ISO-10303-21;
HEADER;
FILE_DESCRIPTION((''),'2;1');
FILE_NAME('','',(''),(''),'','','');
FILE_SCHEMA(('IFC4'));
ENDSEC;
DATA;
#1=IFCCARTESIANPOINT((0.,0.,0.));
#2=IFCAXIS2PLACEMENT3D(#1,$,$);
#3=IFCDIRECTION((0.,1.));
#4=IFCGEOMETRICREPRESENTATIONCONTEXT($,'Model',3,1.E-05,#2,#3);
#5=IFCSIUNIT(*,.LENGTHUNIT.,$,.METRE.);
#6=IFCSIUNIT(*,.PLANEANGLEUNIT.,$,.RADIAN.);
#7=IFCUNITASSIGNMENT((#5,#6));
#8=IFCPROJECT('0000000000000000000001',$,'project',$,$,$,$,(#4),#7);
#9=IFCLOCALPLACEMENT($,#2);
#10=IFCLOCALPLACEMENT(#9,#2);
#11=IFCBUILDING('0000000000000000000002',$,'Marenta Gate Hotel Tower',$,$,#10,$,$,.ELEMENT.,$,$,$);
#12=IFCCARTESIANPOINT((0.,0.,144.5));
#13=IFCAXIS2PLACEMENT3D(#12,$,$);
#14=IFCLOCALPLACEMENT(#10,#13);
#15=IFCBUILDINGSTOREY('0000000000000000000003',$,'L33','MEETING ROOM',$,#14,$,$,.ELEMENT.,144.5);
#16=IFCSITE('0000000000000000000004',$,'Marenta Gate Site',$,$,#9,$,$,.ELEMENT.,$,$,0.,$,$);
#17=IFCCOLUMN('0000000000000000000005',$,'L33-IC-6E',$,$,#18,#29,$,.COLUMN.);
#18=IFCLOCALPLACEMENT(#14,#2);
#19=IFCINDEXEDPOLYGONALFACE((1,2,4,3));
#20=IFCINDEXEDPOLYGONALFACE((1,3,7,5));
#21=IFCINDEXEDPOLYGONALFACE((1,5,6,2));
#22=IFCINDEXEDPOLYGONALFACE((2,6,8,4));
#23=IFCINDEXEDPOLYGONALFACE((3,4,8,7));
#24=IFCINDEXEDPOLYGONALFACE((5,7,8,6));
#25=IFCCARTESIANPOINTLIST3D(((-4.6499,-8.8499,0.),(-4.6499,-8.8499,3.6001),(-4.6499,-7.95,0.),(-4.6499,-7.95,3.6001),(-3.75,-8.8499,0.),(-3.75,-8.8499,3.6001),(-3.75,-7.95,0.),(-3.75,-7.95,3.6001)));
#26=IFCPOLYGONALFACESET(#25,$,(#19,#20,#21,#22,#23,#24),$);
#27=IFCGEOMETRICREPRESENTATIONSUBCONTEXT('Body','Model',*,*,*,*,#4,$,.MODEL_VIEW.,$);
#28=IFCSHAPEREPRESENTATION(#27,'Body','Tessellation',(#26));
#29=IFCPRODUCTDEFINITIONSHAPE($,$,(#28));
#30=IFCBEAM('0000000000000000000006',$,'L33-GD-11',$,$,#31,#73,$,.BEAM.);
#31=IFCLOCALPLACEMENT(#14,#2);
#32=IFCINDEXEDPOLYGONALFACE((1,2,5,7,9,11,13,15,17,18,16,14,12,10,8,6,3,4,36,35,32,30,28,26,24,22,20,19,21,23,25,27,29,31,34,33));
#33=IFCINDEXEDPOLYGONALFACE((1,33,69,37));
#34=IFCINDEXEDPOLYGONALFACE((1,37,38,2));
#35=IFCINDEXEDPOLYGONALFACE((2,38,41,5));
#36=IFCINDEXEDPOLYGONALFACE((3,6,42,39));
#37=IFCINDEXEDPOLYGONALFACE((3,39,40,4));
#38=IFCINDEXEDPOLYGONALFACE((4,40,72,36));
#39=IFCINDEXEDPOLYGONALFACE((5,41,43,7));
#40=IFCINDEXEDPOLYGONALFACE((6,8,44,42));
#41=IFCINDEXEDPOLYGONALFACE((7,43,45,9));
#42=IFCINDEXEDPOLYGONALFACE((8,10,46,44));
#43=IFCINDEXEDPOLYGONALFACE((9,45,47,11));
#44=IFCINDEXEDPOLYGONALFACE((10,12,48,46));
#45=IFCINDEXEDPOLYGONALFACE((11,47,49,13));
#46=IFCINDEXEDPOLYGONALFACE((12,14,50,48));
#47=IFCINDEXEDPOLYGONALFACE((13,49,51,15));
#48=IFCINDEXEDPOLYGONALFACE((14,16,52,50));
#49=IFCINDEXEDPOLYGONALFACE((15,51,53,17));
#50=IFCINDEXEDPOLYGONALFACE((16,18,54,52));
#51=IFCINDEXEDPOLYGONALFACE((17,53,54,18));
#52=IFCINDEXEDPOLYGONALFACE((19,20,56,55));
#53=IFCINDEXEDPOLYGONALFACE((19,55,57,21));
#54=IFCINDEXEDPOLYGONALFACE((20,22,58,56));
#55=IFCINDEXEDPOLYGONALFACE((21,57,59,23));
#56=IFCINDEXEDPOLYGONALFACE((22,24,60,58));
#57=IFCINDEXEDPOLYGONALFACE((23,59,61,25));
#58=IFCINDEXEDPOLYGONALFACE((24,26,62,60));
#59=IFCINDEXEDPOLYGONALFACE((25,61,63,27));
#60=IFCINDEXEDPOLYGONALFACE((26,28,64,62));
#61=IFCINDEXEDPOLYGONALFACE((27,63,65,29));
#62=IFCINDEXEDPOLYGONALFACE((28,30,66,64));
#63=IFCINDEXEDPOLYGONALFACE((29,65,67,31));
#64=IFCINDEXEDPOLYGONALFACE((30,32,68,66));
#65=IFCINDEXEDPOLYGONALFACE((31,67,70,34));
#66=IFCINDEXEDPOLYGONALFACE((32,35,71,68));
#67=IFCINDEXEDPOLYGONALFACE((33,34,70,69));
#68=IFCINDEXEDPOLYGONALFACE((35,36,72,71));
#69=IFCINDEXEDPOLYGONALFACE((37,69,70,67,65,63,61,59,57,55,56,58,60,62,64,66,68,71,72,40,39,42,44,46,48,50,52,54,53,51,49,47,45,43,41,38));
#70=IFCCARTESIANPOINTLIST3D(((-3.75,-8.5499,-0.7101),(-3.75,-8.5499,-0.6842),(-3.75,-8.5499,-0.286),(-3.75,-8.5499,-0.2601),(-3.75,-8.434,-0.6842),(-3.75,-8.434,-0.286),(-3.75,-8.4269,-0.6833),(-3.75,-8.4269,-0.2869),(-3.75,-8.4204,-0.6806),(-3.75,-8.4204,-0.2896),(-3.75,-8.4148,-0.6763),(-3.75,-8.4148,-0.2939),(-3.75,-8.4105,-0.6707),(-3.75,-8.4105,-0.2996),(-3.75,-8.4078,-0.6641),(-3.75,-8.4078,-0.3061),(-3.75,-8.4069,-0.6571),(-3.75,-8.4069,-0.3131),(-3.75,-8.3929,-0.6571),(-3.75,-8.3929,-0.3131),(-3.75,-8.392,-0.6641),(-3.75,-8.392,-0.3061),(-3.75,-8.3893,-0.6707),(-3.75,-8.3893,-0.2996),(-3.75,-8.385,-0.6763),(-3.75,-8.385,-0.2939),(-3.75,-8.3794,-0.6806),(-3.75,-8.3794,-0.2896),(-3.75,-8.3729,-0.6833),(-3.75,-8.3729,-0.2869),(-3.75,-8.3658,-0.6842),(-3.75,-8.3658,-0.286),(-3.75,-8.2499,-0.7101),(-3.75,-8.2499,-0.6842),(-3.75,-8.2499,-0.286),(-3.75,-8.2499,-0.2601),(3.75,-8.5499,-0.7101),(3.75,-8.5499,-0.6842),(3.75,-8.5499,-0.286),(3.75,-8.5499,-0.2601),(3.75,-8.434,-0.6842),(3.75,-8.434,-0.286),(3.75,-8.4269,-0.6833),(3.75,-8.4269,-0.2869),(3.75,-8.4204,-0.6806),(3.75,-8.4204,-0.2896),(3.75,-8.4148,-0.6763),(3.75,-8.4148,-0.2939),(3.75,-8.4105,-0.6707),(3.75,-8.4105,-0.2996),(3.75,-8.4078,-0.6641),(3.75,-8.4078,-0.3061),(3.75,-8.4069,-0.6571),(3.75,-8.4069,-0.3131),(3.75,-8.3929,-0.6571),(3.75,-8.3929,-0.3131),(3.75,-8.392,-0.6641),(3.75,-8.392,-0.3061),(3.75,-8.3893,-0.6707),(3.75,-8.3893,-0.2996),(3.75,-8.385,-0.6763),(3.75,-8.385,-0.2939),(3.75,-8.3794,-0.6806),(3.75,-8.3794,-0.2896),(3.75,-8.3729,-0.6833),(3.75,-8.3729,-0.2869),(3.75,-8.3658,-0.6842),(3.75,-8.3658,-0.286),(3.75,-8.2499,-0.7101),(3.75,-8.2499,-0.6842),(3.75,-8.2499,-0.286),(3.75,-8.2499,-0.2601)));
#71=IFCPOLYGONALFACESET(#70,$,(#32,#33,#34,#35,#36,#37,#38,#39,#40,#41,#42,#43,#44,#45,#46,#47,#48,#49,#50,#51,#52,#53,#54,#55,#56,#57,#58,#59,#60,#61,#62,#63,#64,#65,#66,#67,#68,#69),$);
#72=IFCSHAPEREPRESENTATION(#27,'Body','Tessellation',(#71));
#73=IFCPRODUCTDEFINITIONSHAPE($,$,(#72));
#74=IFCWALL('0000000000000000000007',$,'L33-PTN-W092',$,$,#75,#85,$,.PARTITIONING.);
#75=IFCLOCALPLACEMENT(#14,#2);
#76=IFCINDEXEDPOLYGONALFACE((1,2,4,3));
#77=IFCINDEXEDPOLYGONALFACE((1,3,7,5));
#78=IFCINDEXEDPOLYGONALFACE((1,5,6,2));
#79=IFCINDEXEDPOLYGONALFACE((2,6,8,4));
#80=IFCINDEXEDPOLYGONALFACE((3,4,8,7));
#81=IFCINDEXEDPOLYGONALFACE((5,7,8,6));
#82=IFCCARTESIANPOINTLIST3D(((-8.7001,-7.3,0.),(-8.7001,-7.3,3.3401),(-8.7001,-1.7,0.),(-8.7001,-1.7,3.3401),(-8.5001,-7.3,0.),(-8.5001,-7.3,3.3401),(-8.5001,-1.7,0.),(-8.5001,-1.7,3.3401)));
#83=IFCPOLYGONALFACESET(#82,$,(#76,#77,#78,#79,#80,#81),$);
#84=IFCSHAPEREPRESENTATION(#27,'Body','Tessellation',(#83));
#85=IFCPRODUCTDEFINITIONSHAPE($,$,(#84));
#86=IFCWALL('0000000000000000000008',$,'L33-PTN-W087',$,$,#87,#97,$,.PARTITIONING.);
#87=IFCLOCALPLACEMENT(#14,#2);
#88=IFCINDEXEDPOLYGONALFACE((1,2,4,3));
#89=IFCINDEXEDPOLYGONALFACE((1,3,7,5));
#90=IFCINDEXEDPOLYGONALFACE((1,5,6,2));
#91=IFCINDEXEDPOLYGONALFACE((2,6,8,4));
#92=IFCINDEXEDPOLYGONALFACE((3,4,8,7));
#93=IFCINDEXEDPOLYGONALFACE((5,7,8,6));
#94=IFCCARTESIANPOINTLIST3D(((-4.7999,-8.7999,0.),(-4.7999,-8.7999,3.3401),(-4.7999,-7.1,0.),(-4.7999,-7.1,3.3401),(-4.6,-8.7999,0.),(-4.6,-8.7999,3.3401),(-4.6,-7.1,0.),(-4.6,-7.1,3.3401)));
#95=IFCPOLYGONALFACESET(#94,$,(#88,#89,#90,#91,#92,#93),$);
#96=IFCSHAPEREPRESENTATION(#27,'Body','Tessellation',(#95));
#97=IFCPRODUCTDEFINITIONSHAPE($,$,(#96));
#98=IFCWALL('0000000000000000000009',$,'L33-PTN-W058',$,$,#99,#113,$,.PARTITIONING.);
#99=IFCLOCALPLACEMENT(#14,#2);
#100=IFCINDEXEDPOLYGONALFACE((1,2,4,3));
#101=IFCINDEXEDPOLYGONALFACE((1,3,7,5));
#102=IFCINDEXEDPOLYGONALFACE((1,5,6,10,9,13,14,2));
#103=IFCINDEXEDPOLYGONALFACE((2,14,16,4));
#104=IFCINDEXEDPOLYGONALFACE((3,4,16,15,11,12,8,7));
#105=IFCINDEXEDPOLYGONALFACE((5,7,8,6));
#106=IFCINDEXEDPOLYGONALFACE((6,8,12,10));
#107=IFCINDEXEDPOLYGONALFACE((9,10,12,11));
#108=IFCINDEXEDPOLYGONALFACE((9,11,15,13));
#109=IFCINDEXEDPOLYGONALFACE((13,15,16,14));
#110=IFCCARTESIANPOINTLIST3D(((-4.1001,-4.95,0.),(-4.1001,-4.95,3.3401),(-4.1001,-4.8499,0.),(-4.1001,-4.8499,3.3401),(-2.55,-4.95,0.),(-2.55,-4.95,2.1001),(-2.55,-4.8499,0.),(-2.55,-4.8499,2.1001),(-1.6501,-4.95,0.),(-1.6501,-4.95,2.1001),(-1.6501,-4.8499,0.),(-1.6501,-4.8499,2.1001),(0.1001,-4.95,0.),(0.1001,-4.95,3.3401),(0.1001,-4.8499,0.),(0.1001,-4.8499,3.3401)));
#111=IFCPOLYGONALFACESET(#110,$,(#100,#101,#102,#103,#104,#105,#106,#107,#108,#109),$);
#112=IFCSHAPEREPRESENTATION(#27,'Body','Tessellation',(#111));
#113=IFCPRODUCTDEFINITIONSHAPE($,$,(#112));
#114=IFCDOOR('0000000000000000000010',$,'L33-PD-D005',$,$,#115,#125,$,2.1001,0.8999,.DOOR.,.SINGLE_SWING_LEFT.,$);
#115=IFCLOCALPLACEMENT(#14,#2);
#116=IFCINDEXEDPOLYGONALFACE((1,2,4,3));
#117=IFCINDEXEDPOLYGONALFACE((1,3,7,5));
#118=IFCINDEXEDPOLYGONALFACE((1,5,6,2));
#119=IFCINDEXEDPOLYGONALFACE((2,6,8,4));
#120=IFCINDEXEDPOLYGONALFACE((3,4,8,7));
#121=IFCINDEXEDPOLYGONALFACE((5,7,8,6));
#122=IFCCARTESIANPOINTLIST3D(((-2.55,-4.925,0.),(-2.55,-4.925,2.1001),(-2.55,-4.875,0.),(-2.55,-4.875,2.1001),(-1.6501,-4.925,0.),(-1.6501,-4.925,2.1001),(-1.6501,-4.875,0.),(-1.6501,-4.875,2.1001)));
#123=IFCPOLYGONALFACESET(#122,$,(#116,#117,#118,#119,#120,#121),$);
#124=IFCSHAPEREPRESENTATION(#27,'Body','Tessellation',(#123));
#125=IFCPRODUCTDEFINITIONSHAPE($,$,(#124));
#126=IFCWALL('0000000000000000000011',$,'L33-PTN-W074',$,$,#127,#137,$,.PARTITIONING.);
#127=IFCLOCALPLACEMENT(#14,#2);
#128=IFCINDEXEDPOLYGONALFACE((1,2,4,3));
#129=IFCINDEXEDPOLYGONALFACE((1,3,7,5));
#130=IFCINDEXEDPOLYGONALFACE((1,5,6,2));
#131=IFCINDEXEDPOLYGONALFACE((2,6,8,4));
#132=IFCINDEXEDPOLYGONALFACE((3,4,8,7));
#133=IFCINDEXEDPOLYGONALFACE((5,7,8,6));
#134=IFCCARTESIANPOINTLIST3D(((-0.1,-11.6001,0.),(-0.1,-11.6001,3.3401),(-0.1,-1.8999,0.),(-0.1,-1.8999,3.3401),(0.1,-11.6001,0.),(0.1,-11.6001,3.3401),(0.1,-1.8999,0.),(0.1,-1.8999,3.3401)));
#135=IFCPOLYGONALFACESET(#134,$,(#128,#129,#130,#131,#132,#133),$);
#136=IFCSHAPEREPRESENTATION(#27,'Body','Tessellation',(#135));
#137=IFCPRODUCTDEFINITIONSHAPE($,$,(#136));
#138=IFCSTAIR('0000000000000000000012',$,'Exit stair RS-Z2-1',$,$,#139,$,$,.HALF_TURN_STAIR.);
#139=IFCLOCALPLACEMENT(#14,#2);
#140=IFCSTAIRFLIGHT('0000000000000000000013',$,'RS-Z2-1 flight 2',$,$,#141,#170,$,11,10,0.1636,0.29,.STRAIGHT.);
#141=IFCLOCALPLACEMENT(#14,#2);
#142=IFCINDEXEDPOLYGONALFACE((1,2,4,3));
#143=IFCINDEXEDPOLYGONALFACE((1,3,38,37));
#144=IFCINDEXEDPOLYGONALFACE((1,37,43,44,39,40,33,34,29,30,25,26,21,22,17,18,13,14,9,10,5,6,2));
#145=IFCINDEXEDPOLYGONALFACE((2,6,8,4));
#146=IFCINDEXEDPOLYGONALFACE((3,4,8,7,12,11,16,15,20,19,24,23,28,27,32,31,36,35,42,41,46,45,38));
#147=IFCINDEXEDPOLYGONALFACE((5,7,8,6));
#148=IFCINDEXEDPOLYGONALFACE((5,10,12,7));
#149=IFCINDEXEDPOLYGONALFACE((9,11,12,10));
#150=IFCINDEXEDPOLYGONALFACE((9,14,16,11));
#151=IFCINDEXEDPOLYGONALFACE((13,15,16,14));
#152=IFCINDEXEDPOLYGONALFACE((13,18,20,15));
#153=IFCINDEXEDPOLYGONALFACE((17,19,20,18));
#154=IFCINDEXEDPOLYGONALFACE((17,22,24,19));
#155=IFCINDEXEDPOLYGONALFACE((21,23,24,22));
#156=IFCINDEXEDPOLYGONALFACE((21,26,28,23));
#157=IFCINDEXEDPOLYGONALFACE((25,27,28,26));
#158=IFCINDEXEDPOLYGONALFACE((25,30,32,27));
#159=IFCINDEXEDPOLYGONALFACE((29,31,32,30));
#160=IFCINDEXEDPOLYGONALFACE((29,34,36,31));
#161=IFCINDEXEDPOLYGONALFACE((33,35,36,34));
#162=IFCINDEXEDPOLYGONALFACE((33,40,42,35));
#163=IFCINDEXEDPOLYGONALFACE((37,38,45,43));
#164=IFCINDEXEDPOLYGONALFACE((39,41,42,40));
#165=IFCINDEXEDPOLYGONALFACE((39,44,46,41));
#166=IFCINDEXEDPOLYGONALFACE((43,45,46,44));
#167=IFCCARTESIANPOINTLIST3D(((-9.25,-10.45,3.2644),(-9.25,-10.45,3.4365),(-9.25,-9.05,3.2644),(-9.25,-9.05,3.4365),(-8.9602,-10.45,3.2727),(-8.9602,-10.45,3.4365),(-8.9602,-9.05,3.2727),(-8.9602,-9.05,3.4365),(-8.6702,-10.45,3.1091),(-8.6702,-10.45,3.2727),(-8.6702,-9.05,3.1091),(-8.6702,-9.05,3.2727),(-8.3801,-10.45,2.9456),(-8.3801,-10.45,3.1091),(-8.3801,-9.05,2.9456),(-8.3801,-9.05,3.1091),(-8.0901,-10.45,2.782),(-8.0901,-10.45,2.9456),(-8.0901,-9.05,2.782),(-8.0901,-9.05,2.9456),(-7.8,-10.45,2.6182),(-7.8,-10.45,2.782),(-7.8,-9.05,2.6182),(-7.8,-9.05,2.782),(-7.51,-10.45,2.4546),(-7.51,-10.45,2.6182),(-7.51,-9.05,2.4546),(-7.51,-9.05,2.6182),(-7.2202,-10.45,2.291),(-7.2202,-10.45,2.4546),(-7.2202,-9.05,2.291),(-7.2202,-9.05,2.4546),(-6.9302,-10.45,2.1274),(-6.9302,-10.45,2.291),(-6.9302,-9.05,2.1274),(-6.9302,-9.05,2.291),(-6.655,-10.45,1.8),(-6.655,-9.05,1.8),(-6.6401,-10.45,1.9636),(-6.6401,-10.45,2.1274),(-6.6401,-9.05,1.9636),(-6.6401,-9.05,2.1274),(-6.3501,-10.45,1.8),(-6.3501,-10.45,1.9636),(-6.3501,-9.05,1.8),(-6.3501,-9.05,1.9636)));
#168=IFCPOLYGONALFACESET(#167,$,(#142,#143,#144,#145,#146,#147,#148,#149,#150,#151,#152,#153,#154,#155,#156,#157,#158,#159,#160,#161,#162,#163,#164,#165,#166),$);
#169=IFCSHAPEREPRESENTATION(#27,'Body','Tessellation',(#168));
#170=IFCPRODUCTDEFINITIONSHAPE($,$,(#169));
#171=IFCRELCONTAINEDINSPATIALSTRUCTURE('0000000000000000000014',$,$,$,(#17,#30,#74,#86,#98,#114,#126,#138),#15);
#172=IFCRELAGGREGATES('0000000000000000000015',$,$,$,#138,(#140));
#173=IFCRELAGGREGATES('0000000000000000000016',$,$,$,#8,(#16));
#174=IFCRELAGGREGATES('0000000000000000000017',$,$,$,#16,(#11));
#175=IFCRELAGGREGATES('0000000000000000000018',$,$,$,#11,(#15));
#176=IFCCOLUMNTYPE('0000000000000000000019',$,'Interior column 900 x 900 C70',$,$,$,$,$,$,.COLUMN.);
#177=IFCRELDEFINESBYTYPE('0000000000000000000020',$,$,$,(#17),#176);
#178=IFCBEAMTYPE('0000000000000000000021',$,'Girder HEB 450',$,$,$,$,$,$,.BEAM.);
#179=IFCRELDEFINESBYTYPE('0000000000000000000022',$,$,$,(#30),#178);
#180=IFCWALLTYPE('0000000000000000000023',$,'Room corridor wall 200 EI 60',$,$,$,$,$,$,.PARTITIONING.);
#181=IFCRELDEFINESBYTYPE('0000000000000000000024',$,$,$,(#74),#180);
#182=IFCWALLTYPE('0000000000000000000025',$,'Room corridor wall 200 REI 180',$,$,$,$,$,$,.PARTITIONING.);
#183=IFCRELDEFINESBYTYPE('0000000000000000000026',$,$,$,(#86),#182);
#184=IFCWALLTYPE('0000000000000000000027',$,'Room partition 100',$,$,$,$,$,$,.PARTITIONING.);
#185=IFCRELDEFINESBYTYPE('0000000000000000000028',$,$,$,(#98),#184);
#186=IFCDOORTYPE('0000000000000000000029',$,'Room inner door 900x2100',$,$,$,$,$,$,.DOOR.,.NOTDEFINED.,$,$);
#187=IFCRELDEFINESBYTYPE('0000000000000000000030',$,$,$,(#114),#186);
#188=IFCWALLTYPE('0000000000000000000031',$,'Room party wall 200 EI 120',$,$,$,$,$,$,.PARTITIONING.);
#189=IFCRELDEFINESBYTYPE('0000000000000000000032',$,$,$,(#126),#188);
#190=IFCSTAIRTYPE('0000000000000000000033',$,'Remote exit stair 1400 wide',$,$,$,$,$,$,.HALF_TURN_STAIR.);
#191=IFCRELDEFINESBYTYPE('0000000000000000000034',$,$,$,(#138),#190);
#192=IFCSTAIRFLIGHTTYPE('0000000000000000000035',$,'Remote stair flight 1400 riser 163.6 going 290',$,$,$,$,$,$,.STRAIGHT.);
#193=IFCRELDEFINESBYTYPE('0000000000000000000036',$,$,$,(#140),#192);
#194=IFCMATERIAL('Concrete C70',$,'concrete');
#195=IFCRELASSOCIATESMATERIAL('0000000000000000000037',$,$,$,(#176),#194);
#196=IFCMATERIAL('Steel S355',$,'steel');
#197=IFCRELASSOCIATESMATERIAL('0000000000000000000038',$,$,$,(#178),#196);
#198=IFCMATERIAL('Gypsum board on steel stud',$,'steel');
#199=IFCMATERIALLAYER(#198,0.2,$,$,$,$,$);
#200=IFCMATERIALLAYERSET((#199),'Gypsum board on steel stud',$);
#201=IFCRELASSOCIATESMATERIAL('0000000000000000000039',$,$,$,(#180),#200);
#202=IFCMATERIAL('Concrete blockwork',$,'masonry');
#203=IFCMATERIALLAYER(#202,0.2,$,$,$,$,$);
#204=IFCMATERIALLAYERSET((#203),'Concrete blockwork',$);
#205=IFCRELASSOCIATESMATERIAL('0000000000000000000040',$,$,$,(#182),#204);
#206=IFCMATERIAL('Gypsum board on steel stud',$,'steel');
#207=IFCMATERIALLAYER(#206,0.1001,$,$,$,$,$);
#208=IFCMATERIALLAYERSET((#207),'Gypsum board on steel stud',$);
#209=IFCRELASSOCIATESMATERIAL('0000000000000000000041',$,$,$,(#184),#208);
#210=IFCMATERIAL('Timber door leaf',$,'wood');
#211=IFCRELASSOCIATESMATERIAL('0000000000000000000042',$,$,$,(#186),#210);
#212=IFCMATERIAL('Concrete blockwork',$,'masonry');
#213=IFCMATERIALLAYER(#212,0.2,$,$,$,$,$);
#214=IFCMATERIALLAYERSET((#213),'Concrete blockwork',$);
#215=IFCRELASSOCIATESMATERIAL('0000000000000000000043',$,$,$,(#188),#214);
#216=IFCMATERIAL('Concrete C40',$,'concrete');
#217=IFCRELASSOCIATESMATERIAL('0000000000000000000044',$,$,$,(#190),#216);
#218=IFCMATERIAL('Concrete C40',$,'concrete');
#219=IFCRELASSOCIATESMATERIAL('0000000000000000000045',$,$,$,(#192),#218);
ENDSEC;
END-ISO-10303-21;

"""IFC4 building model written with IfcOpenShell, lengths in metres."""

from ifc_helpers import new_model, si_unit, direction, frame, frame_2d, origin, origin_2d, place, context, subcontext, project, spatial, polyline, rectangle, i_section, outline, extrude, material, layer, layer_set, material_profile, profile_set, type_object, element, fill, aggregate, save


model = new_model("IFC4")

# Units and contexts
model_context = context("Model", 3, precision=1e-05, world=origin(), true_north=direction((0.0, 1.0)))
body_context = subcontext(model_context, "Body", "Model", "MODEL_VIEW")
ifc_project = project(units=[si_unit("LENGTHUNIT", "METRE"), si_unit("PLANEANGLEUNIT", "RADIAN")], contexts=[model_context])

# Site, building, storey
site_placement = place(None, origin())
site = spatial("IfcSite", under=ifc_project, at=site_placement, Name="Marenta Gate Site", CompositionType="ELEMENT", RefElevation=0.0)
building_placement = place(site_placement, origin())
building = spatial("IfcBuilding", under=site, at=building_placement, Name="Marenta Gate Hotel Tower", CompositionType="ELEMENT")
storey_placement = place(building_placement, frame((0.0, 0.0, 144.5)))
storey = spatial("IfcBuildingStorey", under=building, at=storey_placement, Name="L33", Description="MEETING ROOM", CompositionType="ELEMENT", Elevation=144.5)

# Column
ifc_material_1 = material(Name="Concrete C70", Category="concrete")
ifc_material_profile_1 = material_profile(ifc_material_1, rectangle(XDim=0.8999, YDim=0.8999, at=origin_2d()), Name="900 x 900")
ifc_profile_set_1 = profile_set([ifc_material_profile_1], Name="Concrete C70")
column_type = type_object("IfcColumnType", Name="Interior column 900 x 900 C70", PredefinedType="COLUMN", material=ifc_profile_set_1)
column_placement = place(storey_placement, frame((-4.2, -8.3999, 0.0), z_axis=(0.0, 0.0, 1.0), x_axis=(1.0, 0.0, 0.0)))
element("IfcColumn", 1, at=column_placement, inside=storey, type_object=column_type, Name="L33-IC-6E", PredefinedType="COLUMN", context=body_context, shape_type="SweptSolid", body=[
    extrude(rectangle(XDim=0.8999, YDim=0.8999, at=origin_2d()), origin(), (0.0, 0.0, 1.0), 3.6001),
])

# Beam
ifc_material_2 = material(Name="Steel S355", Category="steel")
ifc_material_profile_2 = material_profile(ifc_material_2, i_section(OverallWidth=0.3, OverallDepth=0.45, WebThickness=0.0139, FlangeThickness=0.0259, FilletRadius=0.0271, at=origin_2d()), Name="HEB 450")
ifc_profile_set_2 = profile_set([ifc_material_profile_2], Name="Steel S355")
beam_type = type_object("IfcBeamType", Name="Girder HEB 450", PredefinedType="BEAM", material=ifc_profile_set_2)
beam_placement = place(storey_placement, frame((-3.75, -8.3999, -0.4851), z_axis=(1.0, 0.0, 0.0), x_axis=(0.0, 1.0, 0.0)))
element("IfcBeam", 2, at=beam_placement, inside=storey, type_object=beam_type, Name="L33-GD-11", PredefinedType="BEAM", context=body_context, shape_type="SweptSolid", body=[
    extrude(i_section(OverallWidth=0.3, OverallDepth=0.45, WebThickness=0.0139, FlangeThickness=0.0259, FilletRadius=0.0271, at=origin_2d()), origin(), (0.0, 0.0, 1.0), 7.5),
])

# Wall
ifc_material_3 = material(Name="Gypsum board on steel stud", Category="steel")
ifc_layer_1 = layer(ifc_material_3, 0.2)
ifc_layer_set_1 = layer_set([ifc_layer_1], Name="Gypsum board on steel stud")
wall_type_1 = type_object("IfcWallType", Name="Room corridor wall 200 EI 60", PredefinedType="PARTITIONING", material=ifc_layer_set_1)
wall_1_placement = place(storey_placement, frame((-8.6001, -7.3, 0.0), z_axis=(0.0, 0.0, 1.0), x_axis=(0.0, 1.0, 0.0)))
element("IfcWall", 3, at=wall_1_placement, inside=storey, type_object=wall_type_1, Name="L33-PTN-W092", PredefinedType="PARTITIONING", context=body_context, shape_type="SweptSolid", body=[
    extrude(rectangle(XDim=5.6001, YDim=0.2, at=frame_2d((2.8, 0.0))), origin(), (0.0, 0.0, 1.0), 3.3401),
])

# Shared definitions
ifc_material_4 = material(Name="Concrete blockwork", Category="masonry")
ifc_layer_2 = layer(ifc_material_4, 0.2)
ifc_layer_set_2 = layer_set([ifc_layer_2], Name="Concrete blockwork")
wall_type_2 = type_object("IfcWallType", Name="Room corridor wall 200 REI 180", PredefinedType="PARTITIONING", material=ifc_layer_set_2)

# Wall
wall_2_placement = place(storey_placement, frame((-4.7, -8.8, 0.0), z_axis=(0.0, 0.0, 1.0), x_axis=(0.0, 1.0, 0.0)))
element("IfcWall", 4, at=wall_2_placement, inside=storey, type_object=wall_type_2, Name="L33-PTN-W087", PredefinedType="PARTITIONING", context=body_context, shape_type="SweptSolid", body=[
    extrude(rectangle(XDim=1.7, YDim=0.2, at=frame_2d((0.8501, 0.0))), origin(), (0.0, 0.0, 1.0), 3.3401),
])

# Wall, opening, door
ifc_material_5 = material(Name="Gypsum board on steel stud", Category="steel")
ifc_layer_3 = layer(ifc_material_5, 0.1001)
ifc_layer_set_3 = layer_set([ifc_layer_3], Name="Gypsum board on steel stud")
wall_type_3 = type_object("IfcWallType", Name="Room partition 100", PredefinedType="PARTITIONING", material=ifc_layer_set_3)
wall_3_placement = place(storey_placement, frame((-4.1001, -4.8999, 0.0), z_axis=(0.0, 0.0, 1.0), x_axis=(1.0, 0.0, 0.0)))
wall_3 = element("IfcWall", 5, at=wall_3_placement, inside=storey, type_object=wall_type_3, Name="L33-PTN-W058", PredefinedType="PARTITIONING", context=body_context, shape_type="SweptSolid", body=[
    extrude(rectangle(XDim=4.2002, YDim=0.1001, at=frame_2d((2.1001, 0.0))), origin(), (0.0, 0.0, 1.0), 3.3401),
])
opening_1_placement = place(wall_3_placement, frame((1.55, 0.0, 0.0)))
opening_1 = element("IfcOpeningElement", 6, at=opening_1_placement, cuts=wall_3, PredefinedType="OPENING", context=body_context, shape_type="SweptSolid", body=[
    extrude(rectangle(XDim=0.8999, YDim=2.1001, at=frame_2d((0.45, 1.05))), frame((0.0, 0.05, 0.0), z_axis=(0.0, -1.0, 0.0), x_axis=(1.0, 0.0, 0.0)), (0.0, 0.0, 1.0), 0.1001),
])
ifc_material_6 = material(Name="Timber door leaf", Category="wood")
door_type_1 = type_object("IfcDoorType", Name="Room inner door 900x2100", OperationType="NOTDEFINED", PredefinedType="DOOR", material=ifc_material_6)
door_1_placement = place(opening_1_placement, origin())
door_1 = element("IfcDoor", 7, at=door_1_placement, inside=storey, type_object=door_type_1, Name="L33-PD-D005", OperationType="SINGLE_SWING_LEFT", OverallHeight=2.1001, OverallWidth=0.8999, PredefinedType="DOOR", context=body_context, shape_type="SweptSolid", body=[
    extrude(rectangle(XDim=0.8999, YDim=2.1001, at=frame_2d((0.45, 1.05))), frame((0.0, 0.0249, 0.0), z_axis=(0.0, -1.0, 0.0), x_axis=(1.0, 0.0, 0.0)), (0.0, 0.0, 1.0), 0.05),
])
fill(opening_1, door_1)

# Wall
ifc_material_7 = material(Name="Concrete blockwork", Category="masonry")
ifc_layer_4 = layer(ifc_material_7, 0.2)
ifc_layer_set_4 = layer_set([ifc_layer_4], Name="Concrete blockwork")
wall_type_4 = type_object("IfcWallType", Name="Room party wall 200 EI 120", PredefinedType="PARTITIONING", material=ifc_layer_set_4)
wall_4_placement = place(storey_placement, frame((0.0, -11.6001, 0.0), z_axis=(0.0, 0.0, 1.0), x_axis=(0.0, 1.0, 0.0)))
element("IfcWall", 8, at=wall_4_placement, inside=storey, type_object=wall_type_4, Name="L33-PTN-W074", PredefinedType="PARTITIONING", context=body_context, shape_type="SweptSolid", body=[
    extrude(rectangle(XDim=9.7002, YDim=0.2, at=frame_2d((4.8501, 0.0))), origin(), (0.0, 0.0, 1.0), 3.3401),
])

# Stair, stair flight
ifc_material_8 = material(Name="Concrete C40", Category="concrete")
stair_type = type_object("IfcStairType", Name="Remote exit stair 1400 wide", PredefinedType="HALF_TURN_STAIR", material=ifc_material_8)
stair_placement = place(storey_placement, origin())
stair = element("IfcStair", 9, at=stair_placement, inside=storey, type_object=stair_type, Name="Exit stair RS-Z2-1", PredefinedType="HALF_TURN_STAIR")
ifc_material_9 = material(Name="Concrete C40", Category="concrete")
stair_flight_type = type_object("IfcStairFlightType", Name="Remote stair flight 1400 riser 163.6 going 290", PredefinedType="STRAIGHT", material=ifc_material_9)
stair_flight_placement = place(storey_placement, frame((-6.3501, -9.75, 1.8), z_axis=(0.0, 0.0, 1.0), x_axis=(-1.0, 0.0, 0.0)))
stair_flight = element("IfcStairFlight", 10, at=stair_flight_placement, type_object=stair_flight_type, Name="RS-Z2-1 flight 2", NumberOfRisers=11, NumberOfTreads=10, PredefinedType="STRAIGHT", RiserHeight=0.1636, TreadLength=0.29, context=body_context, shape_type="SweptSolid", body=[
    extrude(outline(polyline([(0.0, 0.0), (0.0, 0.1636), (0.29, 0.1636), (0.29, 0.3274), (0.5801, 0.3274), (0.5801, 0.491), (0.8701, 0.491), (0.8701, 0.6545), (1.1599, 0.6545), (1.1599, 0.8181), (1.45, 0.8181), (1.45, 0.9819), (1.74, 0.9819), (1.74, 1.1455), (2.03, 1.1455), (2.03, 1.3091), (2.3201, 1.3091), (2.3201, 1.4727), (2.6101, 1.4727), (2.6101, 1.6365), (2.8999, 1.6365), (2.8999, 1.8), (2.8999, 1.4644), (0.3049, 0.0), (0.0, 0.0)])), frame((0.0, 0.7, 0.0), z_axis=(0.0, -1.0, 0.0), x_axis=(1.0, 0.0, 0.0)), (0.0, 0.0, 1.0), 1.3999),
])
aggregate(stair, [stair_flight])

save(model, "model.ifc")
